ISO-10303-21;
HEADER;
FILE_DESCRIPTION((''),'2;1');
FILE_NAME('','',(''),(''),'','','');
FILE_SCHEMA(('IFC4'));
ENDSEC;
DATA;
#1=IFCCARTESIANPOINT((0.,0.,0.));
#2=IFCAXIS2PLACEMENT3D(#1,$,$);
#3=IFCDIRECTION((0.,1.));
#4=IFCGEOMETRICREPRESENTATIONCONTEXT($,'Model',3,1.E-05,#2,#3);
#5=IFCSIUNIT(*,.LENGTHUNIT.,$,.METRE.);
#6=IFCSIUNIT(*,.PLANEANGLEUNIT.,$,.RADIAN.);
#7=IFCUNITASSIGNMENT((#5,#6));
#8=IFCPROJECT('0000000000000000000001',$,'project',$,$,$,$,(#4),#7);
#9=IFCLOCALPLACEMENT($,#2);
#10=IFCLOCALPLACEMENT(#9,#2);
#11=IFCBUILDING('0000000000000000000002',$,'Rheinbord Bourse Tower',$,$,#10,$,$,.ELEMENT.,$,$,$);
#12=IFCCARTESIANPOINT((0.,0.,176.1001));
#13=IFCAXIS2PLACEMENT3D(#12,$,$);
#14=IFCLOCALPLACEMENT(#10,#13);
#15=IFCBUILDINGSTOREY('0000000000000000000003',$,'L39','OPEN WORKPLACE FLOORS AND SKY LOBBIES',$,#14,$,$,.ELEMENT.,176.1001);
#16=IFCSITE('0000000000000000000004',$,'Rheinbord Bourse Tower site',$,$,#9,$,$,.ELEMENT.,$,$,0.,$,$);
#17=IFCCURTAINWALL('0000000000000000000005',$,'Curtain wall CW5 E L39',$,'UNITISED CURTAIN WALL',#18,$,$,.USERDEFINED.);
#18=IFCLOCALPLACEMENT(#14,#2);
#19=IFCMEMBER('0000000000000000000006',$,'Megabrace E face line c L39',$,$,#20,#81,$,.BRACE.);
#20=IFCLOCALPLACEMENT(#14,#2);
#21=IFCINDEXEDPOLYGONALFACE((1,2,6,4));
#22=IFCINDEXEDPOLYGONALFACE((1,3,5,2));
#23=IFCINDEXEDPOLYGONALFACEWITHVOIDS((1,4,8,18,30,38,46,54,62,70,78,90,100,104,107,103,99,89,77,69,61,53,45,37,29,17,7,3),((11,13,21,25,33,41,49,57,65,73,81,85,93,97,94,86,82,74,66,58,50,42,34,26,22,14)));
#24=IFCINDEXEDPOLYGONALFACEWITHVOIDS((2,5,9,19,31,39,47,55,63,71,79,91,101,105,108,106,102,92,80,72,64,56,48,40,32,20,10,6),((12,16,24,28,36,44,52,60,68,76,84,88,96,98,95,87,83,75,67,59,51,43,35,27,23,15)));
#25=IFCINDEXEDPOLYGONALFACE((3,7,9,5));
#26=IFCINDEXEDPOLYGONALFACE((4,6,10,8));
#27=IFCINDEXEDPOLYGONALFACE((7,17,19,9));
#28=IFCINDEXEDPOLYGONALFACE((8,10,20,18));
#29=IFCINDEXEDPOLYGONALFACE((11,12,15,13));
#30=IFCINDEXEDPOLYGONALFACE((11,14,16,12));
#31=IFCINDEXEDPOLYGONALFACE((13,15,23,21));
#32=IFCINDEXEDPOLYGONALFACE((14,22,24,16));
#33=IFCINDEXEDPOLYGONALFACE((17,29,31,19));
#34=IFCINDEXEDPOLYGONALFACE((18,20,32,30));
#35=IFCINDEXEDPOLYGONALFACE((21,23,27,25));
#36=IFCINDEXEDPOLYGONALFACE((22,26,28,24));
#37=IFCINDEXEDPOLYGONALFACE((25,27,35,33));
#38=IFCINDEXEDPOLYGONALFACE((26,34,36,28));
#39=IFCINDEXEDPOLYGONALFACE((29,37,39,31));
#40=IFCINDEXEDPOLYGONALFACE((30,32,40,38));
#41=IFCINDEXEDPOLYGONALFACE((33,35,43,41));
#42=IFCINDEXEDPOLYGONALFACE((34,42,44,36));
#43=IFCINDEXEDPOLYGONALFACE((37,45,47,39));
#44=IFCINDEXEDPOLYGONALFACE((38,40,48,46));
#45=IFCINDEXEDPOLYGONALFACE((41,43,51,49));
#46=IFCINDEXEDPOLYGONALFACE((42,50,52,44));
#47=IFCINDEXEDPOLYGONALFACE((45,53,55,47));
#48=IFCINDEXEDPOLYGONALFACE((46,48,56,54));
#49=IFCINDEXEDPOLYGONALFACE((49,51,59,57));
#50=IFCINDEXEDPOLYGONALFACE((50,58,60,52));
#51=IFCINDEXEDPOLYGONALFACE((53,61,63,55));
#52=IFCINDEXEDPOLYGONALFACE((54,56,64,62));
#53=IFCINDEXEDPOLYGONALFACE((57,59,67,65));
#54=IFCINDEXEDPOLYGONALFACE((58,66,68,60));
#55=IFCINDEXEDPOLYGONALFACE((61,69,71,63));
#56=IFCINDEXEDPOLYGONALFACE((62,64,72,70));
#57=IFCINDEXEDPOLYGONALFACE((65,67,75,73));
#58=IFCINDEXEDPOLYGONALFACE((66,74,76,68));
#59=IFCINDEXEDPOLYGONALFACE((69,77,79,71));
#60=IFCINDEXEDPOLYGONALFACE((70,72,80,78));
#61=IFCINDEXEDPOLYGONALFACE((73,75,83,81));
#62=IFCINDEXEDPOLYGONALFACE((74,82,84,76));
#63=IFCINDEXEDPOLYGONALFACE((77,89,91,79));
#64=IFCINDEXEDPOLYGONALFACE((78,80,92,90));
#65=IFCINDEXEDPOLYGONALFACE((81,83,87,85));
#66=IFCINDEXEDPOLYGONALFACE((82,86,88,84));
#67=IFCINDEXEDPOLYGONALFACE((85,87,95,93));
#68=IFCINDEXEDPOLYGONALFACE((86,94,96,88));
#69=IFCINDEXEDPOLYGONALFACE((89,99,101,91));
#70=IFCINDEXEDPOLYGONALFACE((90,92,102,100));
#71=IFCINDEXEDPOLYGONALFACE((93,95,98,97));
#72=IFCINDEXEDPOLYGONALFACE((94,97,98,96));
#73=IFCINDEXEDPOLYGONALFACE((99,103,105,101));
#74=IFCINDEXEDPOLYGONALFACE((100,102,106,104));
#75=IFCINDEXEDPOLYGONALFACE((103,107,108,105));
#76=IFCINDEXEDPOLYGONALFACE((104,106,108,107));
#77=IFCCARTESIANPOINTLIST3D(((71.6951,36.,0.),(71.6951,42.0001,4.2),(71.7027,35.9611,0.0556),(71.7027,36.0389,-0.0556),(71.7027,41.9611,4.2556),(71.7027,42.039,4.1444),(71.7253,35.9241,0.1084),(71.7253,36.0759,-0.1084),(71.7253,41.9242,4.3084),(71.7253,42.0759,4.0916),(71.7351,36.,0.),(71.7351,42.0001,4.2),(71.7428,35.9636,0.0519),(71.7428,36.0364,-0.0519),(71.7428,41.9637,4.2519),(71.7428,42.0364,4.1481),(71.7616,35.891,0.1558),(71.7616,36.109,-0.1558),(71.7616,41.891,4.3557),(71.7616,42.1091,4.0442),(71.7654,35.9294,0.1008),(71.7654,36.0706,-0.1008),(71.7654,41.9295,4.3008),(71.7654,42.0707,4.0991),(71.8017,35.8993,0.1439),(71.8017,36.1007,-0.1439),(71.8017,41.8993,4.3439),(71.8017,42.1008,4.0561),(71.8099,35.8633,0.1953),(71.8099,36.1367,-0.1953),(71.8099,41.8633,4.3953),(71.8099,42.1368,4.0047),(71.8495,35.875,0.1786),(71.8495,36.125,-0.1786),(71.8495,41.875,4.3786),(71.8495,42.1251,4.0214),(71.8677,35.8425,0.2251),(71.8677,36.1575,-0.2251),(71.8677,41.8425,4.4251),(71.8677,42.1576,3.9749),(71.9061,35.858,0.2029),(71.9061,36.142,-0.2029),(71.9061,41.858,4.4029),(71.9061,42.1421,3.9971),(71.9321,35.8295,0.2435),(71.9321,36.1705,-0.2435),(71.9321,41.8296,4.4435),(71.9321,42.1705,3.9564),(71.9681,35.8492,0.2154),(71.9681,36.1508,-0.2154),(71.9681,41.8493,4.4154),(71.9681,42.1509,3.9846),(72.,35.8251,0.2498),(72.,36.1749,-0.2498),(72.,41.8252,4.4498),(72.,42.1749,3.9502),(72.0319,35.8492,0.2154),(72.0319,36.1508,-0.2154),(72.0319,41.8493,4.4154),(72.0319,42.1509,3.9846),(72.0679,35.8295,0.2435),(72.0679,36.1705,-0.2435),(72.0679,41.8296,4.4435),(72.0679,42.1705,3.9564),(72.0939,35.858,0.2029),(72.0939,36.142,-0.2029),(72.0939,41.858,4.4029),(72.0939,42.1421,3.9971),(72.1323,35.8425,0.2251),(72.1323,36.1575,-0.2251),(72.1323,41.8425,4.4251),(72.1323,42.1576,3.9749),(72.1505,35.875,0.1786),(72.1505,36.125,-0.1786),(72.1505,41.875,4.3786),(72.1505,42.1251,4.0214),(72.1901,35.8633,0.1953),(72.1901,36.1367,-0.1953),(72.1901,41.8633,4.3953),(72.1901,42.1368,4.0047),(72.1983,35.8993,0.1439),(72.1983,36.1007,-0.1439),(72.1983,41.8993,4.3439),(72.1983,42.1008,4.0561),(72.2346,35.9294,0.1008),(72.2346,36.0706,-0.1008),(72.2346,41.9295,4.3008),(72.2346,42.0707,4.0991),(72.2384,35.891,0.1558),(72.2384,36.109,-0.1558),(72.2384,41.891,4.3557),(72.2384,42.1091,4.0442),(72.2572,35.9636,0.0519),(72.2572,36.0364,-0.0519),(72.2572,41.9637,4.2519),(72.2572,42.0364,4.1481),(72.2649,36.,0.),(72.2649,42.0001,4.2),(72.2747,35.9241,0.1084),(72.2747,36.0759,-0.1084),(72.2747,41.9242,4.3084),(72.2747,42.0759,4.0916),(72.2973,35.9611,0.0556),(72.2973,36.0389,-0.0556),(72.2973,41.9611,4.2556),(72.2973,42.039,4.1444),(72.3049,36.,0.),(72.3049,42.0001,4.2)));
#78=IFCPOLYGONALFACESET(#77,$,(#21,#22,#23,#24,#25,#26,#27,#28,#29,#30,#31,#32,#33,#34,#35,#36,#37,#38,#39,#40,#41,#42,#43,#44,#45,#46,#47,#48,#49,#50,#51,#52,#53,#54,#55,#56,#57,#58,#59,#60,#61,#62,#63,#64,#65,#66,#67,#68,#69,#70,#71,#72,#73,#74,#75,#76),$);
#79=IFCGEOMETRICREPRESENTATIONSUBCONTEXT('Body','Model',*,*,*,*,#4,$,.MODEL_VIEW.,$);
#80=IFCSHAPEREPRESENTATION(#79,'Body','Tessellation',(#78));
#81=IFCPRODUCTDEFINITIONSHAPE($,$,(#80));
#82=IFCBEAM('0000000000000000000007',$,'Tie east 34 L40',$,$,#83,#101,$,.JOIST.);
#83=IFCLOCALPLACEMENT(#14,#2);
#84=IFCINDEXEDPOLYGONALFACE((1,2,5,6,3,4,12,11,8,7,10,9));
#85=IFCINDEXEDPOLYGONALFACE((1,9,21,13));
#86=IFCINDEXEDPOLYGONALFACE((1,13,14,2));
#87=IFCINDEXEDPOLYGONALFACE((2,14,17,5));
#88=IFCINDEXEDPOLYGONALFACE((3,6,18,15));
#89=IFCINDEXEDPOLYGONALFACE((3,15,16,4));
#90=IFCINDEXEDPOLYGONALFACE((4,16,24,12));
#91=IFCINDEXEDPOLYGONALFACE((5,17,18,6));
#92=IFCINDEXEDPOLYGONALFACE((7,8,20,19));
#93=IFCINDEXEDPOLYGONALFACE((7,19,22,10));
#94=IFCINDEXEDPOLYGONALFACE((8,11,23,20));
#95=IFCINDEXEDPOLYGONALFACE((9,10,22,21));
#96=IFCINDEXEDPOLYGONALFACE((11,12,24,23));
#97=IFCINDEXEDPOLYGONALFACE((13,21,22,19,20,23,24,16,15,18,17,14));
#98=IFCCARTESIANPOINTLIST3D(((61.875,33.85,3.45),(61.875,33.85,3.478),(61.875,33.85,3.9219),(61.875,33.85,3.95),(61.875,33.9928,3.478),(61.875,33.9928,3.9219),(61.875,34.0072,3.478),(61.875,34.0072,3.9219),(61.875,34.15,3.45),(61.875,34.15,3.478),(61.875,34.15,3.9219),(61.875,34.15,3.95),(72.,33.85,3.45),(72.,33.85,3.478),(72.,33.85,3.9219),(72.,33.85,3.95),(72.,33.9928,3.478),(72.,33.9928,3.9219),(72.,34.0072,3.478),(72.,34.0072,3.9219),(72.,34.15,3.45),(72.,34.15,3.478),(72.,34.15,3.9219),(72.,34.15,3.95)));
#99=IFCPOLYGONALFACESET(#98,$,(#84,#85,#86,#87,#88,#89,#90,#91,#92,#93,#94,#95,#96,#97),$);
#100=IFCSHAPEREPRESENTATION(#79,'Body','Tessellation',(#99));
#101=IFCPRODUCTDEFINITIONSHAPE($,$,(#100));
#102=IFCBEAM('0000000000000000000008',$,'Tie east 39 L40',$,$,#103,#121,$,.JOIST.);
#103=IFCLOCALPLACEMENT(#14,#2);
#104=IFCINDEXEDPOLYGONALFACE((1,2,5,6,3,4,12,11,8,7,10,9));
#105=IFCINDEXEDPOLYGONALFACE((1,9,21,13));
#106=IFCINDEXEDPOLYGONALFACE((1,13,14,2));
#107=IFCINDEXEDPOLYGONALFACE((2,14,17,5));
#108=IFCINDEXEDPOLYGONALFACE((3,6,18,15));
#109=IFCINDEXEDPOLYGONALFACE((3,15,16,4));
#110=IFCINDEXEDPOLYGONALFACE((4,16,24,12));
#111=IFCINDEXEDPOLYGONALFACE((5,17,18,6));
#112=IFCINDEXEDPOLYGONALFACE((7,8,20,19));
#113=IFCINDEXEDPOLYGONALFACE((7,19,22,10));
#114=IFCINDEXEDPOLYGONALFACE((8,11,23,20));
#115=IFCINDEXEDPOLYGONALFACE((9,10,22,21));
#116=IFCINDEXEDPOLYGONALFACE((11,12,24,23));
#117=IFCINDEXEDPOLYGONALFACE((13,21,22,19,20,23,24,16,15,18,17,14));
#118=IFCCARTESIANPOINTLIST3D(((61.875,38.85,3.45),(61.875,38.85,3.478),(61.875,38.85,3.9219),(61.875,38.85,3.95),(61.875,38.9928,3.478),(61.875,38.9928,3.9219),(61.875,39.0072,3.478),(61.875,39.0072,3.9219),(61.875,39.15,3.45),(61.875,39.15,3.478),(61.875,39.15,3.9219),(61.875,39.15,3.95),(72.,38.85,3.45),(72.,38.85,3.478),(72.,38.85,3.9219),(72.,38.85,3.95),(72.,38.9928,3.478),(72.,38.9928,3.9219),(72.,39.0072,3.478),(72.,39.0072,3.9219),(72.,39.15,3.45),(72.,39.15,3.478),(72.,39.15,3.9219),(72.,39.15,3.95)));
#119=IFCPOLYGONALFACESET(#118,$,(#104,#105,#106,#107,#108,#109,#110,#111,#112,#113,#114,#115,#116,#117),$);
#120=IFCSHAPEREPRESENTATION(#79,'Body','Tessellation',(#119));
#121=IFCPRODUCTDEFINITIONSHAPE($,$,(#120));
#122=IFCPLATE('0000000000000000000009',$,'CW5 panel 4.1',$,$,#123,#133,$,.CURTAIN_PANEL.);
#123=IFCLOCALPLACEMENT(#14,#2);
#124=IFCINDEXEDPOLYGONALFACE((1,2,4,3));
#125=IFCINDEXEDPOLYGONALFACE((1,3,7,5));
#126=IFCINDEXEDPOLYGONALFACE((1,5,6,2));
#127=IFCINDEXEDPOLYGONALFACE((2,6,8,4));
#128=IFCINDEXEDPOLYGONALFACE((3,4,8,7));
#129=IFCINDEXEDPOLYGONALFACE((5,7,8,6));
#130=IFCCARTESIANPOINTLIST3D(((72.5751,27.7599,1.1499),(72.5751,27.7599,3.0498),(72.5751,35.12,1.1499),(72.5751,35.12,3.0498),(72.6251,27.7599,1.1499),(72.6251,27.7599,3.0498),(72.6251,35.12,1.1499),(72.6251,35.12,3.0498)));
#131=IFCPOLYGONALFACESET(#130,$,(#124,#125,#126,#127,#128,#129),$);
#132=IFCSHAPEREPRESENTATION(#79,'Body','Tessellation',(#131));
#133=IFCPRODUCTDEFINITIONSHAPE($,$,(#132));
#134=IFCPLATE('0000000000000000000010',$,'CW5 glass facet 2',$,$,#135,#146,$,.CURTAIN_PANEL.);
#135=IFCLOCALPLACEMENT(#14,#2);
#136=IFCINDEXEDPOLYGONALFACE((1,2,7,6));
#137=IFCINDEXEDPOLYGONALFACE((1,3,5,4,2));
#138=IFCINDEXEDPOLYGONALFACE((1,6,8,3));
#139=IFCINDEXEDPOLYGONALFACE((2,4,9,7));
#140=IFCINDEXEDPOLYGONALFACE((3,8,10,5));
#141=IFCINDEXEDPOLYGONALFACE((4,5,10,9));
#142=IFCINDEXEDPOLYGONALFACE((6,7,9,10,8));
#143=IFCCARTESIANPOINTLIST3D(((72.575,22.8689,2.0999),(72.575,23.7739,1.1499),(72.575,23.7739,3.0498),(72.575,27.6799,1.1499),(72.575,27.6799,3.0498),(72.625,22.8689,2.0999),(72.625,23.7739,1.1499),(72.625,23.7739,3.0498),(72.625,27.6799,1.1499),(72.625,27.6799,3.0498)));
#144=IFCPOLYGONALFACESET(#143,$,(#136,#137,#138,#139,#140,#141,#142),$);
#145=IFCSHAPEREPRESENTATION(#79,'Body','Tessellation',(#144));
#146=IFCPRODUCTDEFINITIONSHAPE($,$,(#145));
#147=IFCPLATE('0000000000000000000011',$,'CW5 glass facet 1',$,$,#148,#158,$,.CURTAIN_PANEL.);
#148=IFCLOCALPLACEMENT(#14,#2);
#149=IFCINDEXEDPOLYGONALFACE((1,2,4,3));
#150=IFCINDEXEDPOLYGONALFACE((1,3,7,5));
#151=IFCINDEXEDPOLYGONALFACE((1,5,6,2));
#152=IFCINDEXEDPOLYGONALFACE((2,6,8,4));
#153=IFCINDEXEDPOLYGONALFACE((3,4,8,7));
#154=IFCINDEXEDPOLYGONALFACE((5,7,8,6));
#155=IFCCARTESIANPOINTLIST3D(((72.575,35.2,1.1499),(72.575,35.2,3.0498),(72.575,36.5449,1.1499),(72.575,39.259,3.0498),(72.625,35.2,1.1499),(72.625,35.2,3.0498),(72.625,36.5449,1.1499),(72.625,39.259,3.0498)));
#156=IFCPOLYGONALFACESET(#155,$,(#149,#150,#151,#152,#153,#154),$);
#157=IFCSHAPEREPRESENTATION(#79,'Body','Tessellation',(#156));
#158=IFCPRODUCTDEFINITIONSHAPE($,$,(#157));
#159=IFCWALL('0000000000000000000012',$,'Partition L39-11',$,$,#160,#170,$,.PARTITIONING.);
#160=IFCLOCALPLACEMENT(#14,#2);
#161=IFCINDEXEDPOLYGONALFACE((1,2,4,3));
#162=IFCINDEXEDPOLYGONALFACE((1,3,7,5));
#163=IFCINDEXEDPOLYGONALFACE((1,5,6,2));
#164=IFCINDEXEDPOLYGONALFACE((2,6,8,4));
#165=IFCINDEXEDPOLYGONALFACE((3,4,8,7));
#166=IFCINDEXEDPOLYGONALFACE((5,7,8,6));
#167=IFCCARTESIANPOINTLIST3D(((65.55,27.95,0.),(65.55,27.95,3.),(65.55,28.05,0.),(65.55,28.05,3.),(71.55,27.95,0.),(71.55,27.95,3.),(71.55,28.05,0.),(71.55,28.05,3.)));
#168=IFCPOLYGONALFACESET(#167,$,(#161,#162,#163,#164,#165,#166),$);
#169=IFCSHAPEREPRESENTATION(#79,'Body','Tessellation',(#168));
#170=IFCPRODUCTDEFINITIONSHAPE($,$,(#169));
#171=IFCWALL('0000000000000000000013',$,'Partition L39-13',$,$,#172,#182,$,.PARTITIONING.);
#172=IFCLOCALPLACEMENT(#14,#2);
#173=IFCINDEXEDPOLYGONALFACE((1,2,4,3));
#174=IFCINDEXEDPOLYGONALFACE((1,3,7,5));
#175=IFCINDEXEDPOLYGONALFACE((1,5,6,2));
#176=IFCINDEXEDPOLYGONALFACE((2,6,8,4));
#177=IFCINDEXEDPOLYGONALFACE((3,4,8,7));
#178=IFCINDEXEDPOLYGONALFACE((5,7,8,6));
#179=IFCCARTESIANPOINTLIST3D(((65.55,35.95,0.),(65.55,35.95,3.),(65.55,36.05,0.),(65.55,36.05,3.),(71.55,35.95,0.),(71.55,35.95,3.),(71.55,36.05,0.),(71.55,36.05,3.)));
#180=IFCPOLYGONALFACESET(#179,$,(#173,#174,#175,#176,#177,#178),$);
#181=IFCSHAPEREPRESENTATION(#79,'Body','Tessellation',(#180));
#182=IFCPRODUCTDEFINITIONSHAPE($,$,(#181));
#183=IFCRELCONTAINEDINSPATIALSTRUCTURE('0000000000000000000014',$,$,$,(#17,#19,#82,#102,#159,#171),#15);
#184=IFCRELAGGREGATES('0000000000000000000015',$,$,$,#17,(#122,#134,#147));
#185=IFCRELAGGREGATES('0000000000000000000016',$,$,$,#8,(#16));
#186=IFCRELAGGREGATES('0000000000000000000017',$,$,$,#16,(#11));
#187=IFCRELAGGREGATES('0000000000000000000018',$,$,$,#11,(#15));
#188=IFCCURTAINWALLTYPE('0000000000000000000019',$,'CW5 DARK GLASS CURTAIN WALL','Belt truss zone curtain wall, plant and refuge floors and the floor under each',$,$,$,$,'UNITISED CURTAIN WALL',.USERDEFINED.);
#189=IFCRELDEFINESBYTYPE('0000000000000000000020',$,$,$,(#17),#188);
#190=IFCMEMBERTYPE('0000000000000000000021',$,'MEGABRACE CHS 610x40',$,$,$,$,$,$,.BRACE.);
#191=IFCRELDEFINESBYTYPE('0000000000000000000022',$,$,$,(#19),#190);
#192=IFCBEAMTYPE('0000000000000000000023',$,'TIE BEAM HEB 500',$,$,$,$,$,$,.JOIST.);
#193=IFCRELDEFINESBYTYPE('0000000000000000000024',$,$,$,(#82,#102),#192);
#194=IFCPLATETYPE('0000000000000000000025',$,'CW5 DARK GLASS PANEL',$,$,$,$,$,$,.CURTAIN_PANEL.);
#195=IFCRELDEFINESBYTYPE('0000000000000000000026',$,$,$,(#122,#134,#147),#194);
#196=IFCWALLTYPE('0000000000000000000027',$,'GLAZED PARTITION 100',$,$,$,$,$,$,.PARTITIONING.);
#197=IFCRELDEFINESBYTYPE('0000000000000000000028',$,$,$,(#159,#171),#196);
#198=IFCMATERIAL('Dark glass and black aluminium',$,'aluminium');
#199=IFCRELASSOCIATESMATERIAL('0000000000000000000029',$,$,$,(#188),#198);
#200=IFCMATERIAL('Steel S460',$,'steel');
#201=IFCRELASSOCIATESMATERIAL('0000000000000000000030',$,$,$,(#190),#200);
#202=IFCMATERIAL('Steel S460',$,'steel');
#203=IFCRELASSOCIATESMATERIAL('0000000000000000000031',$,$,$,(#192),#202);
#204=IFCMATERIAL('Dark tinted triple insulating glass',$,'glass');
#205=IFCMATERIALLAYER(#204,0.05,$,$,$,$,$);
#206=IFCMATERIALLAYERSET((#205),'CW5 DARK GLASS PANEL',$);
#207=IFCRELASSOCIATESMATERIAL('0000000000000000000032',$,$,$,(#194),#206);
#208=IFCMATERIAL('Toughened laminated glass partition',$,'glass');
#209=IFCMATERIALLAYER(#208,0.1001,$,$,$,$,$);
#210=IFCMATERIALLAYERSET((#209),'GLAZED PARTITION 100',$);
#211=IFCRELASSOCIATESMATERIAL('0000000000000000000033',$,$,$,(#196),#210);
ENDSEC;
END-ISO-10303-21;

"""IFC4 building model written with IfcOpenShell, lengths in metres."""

from ifc_helpers import new_model, si_unit, direction, frame, frame_2d, origin, origin_2d, place, context, subcontext, project, spatial, polyline, rectangle, hollow_circle, i_section, outline, extrude, material, layer, layer_set, material_profile, profile_set, type_object, element, aggregate, save


model = new_model("IFC4")

# Units and contexts
model_context = context("Model", 3, precision=1e-05, world=origin(), true_north=direction((0.0, 1.0)))
body_context = subcontext(model_context, "Body", "Model", "MODEL_VIEW")
ifc_project = project(units=[si_unit("LENGTHUNIT", "METRE"), si_unit("PLANEANGLEUNIT", "RADIAN")], contexts=[model_context])

# Site, building, storey
site_placement = place(None, origin())
site = spatial("IfcSite", under=ifc_project, at=site_placement, Name="Rheinbord Bourse Tower site", CompositionType="ELEMENT", RefElevation=0.0)
building_placement = place(site_placement, origin())
building = spatial("IfcBuilding", under=site, at=building_placement, Name="Rheinbord Bourse Tower", CompositionType="ELEMENT")
storey_placement = place(building_placement, frame((0.0, 0.0, 176.1001)))
storey = spatial("IfcBuildingStorey", under=building, at=storey_placement, Name="L39", Description="OPEN WORKPLACE FLOORS AND SKY LOBBIES", CompositionType="ELEMENT", Elevation=176.1001)

# Curtain wall
ifc_material_1 = material(Name="Dark glass and black aluminium", Category="aluminium")
curtain_wall_type = type_object("IfcCurtainWallType", Name="CW5 DARK GLASS CURTAIN WALL", Description="Belt truss zone curtain wall, plant and refuge floors and the floor under each", ElementType="UNITISED CURTAIN WALL", PredefinedType="USERDEFINED", material=ifc_material_1)
curtain_wall_placement = place(storey_placement, origin())
curtain_wall = element("IfcCurtainWall", 1, at=curtain_wall_placement, inside=storey, type_object=curtain_wall_type, Name="Curtain wall CW5 E L39", ObjectType="UNITISED CURTAIN WALL", PredefinedType="USERDEFINED")

# Member
ifc_material_2 = material(Name="Steel S460", Category="steel")
ifc_material_profile_1 = material_profile(ifc_material_2, hollow_circle(Radius=0.3049, WallThickness=0.04, at=origin_2d()), Name="CHS 610x40")
ifc_profile_set_1 = profile_set([ifc_material_profile_1], Name="Steel S460")
member_type_1 = type_object("IfcMemberType", Name="MEGABRACE CHS 610x40", PredefinedType="BRACE", material=ifc_profile_set_1)
member_1_placement = place(storey_placement, frame((72.0, 36.0, 0.0), z_axis=(0.0, 0.819235, 0.573458), x_axis=(-1.0, 0.0, 0.0)))
element("IfcMember", 2, at=member_1_placement, inside=storey, type_object=member_type_1, Name="Megabrace E face line c L39", PredefinedType="BRACE", context=body_context, shape_type="SweptSolid", body=[
    extrude(hollow_circle(Radius=0.3049, WallThickness=0.04, at=origin_2d()), origin(), (0.0, 0.0, 1.0), 7.324),
])

# Beams
ifc_material_3 = material(Name="Steel S460", Category="steel")
ifc_material_profile_2 = material_profile(ifc_material_3, i_section(OverallWidth=0.3, OverallDepth=0.5, WebThickness=0.0144, FlangeThickness=0.0281, at=origin_2d()), Name="HEB 500")
ifc_profile_set_2 = profile_set([ifc_material_profile_2], Name="Steel S460")
beam_type_1 = type_object("IfcBeamType", Name="TIE BEAM HEB 500", PredefinedType="JOIST", material=ifc_profile_set_2)
for number, where, z_axis, x_axis, name in (
    (3, (61.875, 34.0, 3.7), (1.0, 0.0, 0.0), (0.0, 1.0, 0.0), "Tie east 34 L40"),
    (4, (61.875, 39.0, 3.7), (1.0, 0.0, 0.0), (0.0, 1.0, 0.0), "Tie east 39 L40"),
):
    element("IfcBeam", number, at=place(storey_placement, frame(where, z_axis=z_axis, x_axis=x_axis)), inside=storey, type_object=beam_type_1, Name=name, PredefinedType="JOIST", context=body_context, shape_type="SweptSolid", body=[
        extrude(i_section(OverallWidth=0.3, OverallDepth=0.5, WebThickness=0.0144, FlangeThickness=0.0281, at=origin_2d()), origin(), (0.0, 0.0, 1.0), 10.125),
    ])

# Plates
ifc_material_4 = material(Name="Dark tinted triple insulating glass", Category="glass")
ifc_layer_1 = layer(ifc_material_4, 0.05)
ifc_layer_set_1 = layer_set([ifc_layer_1], Name="CW5 DARK GLASS PANEL")
plate_type = type_object("IfcPlateType", Name="CW5 DARK GLASS PANEL", PredefinedType="CURTAIN_PANEL", material=ifc_layer_set_1)
plate_1_placement = place(storey_placement, frame((72.6001, 31.4399, 1.1499), z_axis=(0.0, 0.0, 1.0), x_axis=(0.0, 1.0, 0.0)))
plate_1 = element("IfcPlate", 5, at=plate_1_placement, type_object=plate_type, Name="CW5 panel 4.1", PredefinedType="CURTAIN_PANEL", context=body_context, shape_type="SweptSolid", body=[
    extrude(rectangle(XDim=7.3601, YDim=0.05, at=origin_2d()), origin(), (0.0, 0.0, 1.0), 1.8999),
])
plate_2_placement = place(storey_placement, frame((72.625, 27.6799, 3.0498), z_axis=(-1.0, 0.0, 0.0), x_axis=(0.0, 0.0, -1.0)))
plate_2 = element("IfcPlate", 6, at=plate_2_placement, type_object=plate_type, Name="CW5 glass facet 2", PredefinedType="CURTAIN_PANEL", context=body_context, shape_type="SweptSolid", body=[
    extrude(outline(polyline([(0.0, 0.0), (1.8999, 0.0), (1.8999, 3.906), (0.95, 4.811), (0.0, 3.906), (0.0, 0.0)])), origin(), (0.0, 0.0, 1.0), 0.05),
])
plate_3_placement = place(storey_placement, frame((72.625, 35.2, 1.1499), z_axis=(-1.0, 0.0, 0.0), x_axis=(0.0, 0.0, 1.0)))
plate_3 = element("IfcPlate", 7, at=plate_3_placement, type_object=plate_type, Name="CW5 glass facet 1", PredefinedType="CURTAIN_PANEL", context=body_context, shape_type="SweptSolid", body=[
    extrude(outline(polyline([(0.0, 0.0), (1.8999, 0.0), (1.8999, 4.0591), (0.0, 1.345), (0.0, 0.0)])), origin(), (0.0, 0.0, 1.0), 0.05),
])
aggregate(curtain_wall, [plate_1, plate_2, plate_3])

# Walls
ifc_material_5 = material(Name="Toughened laminated glass partition", Category="glass")
ifc_layer_2 = layer(ifc_material_5, 0.1001)
ifc_layer_set_2 = layer_set([ifc_layer_2], Name="GLAZED PARTITION 100")
wall_type_1 = type_object("IfcWallType", Name="GLAZED PARTITION 100", PredefinedType="PARTITIONING", material=ifc_layer_set_2)
for number, where, z_axis, x_axis, name in (
    (8, (65.55, 28.0, 0.0), (0.0, 0.0, 1.0), (1.0, 0.0, 0.0), "Partition L39-11"),
    (9, (65.55, 36.0, 0.0), (0.0, 0.0, 1.0), (1.0, 0.0, 0.0), "Partition L39-13"),
):
    element("IfcWall", number, at=place(storey_placement, frame(where, z_axis=z_axis, x_axis=x_axis)), inside=storey, type_object=wall_type_1, Name=name, PredefinedType="PARTITIONING", context=body_context, shape_type="SweptSolid", body=[
        extrude(rectangle(XDim=6.0, YDim=0.1001, at=frame_2d((3.0, 0.0))), origin(), (0.0, 0.0, 1.0), 3.0),
    ])

save(model, "model.ifc")
